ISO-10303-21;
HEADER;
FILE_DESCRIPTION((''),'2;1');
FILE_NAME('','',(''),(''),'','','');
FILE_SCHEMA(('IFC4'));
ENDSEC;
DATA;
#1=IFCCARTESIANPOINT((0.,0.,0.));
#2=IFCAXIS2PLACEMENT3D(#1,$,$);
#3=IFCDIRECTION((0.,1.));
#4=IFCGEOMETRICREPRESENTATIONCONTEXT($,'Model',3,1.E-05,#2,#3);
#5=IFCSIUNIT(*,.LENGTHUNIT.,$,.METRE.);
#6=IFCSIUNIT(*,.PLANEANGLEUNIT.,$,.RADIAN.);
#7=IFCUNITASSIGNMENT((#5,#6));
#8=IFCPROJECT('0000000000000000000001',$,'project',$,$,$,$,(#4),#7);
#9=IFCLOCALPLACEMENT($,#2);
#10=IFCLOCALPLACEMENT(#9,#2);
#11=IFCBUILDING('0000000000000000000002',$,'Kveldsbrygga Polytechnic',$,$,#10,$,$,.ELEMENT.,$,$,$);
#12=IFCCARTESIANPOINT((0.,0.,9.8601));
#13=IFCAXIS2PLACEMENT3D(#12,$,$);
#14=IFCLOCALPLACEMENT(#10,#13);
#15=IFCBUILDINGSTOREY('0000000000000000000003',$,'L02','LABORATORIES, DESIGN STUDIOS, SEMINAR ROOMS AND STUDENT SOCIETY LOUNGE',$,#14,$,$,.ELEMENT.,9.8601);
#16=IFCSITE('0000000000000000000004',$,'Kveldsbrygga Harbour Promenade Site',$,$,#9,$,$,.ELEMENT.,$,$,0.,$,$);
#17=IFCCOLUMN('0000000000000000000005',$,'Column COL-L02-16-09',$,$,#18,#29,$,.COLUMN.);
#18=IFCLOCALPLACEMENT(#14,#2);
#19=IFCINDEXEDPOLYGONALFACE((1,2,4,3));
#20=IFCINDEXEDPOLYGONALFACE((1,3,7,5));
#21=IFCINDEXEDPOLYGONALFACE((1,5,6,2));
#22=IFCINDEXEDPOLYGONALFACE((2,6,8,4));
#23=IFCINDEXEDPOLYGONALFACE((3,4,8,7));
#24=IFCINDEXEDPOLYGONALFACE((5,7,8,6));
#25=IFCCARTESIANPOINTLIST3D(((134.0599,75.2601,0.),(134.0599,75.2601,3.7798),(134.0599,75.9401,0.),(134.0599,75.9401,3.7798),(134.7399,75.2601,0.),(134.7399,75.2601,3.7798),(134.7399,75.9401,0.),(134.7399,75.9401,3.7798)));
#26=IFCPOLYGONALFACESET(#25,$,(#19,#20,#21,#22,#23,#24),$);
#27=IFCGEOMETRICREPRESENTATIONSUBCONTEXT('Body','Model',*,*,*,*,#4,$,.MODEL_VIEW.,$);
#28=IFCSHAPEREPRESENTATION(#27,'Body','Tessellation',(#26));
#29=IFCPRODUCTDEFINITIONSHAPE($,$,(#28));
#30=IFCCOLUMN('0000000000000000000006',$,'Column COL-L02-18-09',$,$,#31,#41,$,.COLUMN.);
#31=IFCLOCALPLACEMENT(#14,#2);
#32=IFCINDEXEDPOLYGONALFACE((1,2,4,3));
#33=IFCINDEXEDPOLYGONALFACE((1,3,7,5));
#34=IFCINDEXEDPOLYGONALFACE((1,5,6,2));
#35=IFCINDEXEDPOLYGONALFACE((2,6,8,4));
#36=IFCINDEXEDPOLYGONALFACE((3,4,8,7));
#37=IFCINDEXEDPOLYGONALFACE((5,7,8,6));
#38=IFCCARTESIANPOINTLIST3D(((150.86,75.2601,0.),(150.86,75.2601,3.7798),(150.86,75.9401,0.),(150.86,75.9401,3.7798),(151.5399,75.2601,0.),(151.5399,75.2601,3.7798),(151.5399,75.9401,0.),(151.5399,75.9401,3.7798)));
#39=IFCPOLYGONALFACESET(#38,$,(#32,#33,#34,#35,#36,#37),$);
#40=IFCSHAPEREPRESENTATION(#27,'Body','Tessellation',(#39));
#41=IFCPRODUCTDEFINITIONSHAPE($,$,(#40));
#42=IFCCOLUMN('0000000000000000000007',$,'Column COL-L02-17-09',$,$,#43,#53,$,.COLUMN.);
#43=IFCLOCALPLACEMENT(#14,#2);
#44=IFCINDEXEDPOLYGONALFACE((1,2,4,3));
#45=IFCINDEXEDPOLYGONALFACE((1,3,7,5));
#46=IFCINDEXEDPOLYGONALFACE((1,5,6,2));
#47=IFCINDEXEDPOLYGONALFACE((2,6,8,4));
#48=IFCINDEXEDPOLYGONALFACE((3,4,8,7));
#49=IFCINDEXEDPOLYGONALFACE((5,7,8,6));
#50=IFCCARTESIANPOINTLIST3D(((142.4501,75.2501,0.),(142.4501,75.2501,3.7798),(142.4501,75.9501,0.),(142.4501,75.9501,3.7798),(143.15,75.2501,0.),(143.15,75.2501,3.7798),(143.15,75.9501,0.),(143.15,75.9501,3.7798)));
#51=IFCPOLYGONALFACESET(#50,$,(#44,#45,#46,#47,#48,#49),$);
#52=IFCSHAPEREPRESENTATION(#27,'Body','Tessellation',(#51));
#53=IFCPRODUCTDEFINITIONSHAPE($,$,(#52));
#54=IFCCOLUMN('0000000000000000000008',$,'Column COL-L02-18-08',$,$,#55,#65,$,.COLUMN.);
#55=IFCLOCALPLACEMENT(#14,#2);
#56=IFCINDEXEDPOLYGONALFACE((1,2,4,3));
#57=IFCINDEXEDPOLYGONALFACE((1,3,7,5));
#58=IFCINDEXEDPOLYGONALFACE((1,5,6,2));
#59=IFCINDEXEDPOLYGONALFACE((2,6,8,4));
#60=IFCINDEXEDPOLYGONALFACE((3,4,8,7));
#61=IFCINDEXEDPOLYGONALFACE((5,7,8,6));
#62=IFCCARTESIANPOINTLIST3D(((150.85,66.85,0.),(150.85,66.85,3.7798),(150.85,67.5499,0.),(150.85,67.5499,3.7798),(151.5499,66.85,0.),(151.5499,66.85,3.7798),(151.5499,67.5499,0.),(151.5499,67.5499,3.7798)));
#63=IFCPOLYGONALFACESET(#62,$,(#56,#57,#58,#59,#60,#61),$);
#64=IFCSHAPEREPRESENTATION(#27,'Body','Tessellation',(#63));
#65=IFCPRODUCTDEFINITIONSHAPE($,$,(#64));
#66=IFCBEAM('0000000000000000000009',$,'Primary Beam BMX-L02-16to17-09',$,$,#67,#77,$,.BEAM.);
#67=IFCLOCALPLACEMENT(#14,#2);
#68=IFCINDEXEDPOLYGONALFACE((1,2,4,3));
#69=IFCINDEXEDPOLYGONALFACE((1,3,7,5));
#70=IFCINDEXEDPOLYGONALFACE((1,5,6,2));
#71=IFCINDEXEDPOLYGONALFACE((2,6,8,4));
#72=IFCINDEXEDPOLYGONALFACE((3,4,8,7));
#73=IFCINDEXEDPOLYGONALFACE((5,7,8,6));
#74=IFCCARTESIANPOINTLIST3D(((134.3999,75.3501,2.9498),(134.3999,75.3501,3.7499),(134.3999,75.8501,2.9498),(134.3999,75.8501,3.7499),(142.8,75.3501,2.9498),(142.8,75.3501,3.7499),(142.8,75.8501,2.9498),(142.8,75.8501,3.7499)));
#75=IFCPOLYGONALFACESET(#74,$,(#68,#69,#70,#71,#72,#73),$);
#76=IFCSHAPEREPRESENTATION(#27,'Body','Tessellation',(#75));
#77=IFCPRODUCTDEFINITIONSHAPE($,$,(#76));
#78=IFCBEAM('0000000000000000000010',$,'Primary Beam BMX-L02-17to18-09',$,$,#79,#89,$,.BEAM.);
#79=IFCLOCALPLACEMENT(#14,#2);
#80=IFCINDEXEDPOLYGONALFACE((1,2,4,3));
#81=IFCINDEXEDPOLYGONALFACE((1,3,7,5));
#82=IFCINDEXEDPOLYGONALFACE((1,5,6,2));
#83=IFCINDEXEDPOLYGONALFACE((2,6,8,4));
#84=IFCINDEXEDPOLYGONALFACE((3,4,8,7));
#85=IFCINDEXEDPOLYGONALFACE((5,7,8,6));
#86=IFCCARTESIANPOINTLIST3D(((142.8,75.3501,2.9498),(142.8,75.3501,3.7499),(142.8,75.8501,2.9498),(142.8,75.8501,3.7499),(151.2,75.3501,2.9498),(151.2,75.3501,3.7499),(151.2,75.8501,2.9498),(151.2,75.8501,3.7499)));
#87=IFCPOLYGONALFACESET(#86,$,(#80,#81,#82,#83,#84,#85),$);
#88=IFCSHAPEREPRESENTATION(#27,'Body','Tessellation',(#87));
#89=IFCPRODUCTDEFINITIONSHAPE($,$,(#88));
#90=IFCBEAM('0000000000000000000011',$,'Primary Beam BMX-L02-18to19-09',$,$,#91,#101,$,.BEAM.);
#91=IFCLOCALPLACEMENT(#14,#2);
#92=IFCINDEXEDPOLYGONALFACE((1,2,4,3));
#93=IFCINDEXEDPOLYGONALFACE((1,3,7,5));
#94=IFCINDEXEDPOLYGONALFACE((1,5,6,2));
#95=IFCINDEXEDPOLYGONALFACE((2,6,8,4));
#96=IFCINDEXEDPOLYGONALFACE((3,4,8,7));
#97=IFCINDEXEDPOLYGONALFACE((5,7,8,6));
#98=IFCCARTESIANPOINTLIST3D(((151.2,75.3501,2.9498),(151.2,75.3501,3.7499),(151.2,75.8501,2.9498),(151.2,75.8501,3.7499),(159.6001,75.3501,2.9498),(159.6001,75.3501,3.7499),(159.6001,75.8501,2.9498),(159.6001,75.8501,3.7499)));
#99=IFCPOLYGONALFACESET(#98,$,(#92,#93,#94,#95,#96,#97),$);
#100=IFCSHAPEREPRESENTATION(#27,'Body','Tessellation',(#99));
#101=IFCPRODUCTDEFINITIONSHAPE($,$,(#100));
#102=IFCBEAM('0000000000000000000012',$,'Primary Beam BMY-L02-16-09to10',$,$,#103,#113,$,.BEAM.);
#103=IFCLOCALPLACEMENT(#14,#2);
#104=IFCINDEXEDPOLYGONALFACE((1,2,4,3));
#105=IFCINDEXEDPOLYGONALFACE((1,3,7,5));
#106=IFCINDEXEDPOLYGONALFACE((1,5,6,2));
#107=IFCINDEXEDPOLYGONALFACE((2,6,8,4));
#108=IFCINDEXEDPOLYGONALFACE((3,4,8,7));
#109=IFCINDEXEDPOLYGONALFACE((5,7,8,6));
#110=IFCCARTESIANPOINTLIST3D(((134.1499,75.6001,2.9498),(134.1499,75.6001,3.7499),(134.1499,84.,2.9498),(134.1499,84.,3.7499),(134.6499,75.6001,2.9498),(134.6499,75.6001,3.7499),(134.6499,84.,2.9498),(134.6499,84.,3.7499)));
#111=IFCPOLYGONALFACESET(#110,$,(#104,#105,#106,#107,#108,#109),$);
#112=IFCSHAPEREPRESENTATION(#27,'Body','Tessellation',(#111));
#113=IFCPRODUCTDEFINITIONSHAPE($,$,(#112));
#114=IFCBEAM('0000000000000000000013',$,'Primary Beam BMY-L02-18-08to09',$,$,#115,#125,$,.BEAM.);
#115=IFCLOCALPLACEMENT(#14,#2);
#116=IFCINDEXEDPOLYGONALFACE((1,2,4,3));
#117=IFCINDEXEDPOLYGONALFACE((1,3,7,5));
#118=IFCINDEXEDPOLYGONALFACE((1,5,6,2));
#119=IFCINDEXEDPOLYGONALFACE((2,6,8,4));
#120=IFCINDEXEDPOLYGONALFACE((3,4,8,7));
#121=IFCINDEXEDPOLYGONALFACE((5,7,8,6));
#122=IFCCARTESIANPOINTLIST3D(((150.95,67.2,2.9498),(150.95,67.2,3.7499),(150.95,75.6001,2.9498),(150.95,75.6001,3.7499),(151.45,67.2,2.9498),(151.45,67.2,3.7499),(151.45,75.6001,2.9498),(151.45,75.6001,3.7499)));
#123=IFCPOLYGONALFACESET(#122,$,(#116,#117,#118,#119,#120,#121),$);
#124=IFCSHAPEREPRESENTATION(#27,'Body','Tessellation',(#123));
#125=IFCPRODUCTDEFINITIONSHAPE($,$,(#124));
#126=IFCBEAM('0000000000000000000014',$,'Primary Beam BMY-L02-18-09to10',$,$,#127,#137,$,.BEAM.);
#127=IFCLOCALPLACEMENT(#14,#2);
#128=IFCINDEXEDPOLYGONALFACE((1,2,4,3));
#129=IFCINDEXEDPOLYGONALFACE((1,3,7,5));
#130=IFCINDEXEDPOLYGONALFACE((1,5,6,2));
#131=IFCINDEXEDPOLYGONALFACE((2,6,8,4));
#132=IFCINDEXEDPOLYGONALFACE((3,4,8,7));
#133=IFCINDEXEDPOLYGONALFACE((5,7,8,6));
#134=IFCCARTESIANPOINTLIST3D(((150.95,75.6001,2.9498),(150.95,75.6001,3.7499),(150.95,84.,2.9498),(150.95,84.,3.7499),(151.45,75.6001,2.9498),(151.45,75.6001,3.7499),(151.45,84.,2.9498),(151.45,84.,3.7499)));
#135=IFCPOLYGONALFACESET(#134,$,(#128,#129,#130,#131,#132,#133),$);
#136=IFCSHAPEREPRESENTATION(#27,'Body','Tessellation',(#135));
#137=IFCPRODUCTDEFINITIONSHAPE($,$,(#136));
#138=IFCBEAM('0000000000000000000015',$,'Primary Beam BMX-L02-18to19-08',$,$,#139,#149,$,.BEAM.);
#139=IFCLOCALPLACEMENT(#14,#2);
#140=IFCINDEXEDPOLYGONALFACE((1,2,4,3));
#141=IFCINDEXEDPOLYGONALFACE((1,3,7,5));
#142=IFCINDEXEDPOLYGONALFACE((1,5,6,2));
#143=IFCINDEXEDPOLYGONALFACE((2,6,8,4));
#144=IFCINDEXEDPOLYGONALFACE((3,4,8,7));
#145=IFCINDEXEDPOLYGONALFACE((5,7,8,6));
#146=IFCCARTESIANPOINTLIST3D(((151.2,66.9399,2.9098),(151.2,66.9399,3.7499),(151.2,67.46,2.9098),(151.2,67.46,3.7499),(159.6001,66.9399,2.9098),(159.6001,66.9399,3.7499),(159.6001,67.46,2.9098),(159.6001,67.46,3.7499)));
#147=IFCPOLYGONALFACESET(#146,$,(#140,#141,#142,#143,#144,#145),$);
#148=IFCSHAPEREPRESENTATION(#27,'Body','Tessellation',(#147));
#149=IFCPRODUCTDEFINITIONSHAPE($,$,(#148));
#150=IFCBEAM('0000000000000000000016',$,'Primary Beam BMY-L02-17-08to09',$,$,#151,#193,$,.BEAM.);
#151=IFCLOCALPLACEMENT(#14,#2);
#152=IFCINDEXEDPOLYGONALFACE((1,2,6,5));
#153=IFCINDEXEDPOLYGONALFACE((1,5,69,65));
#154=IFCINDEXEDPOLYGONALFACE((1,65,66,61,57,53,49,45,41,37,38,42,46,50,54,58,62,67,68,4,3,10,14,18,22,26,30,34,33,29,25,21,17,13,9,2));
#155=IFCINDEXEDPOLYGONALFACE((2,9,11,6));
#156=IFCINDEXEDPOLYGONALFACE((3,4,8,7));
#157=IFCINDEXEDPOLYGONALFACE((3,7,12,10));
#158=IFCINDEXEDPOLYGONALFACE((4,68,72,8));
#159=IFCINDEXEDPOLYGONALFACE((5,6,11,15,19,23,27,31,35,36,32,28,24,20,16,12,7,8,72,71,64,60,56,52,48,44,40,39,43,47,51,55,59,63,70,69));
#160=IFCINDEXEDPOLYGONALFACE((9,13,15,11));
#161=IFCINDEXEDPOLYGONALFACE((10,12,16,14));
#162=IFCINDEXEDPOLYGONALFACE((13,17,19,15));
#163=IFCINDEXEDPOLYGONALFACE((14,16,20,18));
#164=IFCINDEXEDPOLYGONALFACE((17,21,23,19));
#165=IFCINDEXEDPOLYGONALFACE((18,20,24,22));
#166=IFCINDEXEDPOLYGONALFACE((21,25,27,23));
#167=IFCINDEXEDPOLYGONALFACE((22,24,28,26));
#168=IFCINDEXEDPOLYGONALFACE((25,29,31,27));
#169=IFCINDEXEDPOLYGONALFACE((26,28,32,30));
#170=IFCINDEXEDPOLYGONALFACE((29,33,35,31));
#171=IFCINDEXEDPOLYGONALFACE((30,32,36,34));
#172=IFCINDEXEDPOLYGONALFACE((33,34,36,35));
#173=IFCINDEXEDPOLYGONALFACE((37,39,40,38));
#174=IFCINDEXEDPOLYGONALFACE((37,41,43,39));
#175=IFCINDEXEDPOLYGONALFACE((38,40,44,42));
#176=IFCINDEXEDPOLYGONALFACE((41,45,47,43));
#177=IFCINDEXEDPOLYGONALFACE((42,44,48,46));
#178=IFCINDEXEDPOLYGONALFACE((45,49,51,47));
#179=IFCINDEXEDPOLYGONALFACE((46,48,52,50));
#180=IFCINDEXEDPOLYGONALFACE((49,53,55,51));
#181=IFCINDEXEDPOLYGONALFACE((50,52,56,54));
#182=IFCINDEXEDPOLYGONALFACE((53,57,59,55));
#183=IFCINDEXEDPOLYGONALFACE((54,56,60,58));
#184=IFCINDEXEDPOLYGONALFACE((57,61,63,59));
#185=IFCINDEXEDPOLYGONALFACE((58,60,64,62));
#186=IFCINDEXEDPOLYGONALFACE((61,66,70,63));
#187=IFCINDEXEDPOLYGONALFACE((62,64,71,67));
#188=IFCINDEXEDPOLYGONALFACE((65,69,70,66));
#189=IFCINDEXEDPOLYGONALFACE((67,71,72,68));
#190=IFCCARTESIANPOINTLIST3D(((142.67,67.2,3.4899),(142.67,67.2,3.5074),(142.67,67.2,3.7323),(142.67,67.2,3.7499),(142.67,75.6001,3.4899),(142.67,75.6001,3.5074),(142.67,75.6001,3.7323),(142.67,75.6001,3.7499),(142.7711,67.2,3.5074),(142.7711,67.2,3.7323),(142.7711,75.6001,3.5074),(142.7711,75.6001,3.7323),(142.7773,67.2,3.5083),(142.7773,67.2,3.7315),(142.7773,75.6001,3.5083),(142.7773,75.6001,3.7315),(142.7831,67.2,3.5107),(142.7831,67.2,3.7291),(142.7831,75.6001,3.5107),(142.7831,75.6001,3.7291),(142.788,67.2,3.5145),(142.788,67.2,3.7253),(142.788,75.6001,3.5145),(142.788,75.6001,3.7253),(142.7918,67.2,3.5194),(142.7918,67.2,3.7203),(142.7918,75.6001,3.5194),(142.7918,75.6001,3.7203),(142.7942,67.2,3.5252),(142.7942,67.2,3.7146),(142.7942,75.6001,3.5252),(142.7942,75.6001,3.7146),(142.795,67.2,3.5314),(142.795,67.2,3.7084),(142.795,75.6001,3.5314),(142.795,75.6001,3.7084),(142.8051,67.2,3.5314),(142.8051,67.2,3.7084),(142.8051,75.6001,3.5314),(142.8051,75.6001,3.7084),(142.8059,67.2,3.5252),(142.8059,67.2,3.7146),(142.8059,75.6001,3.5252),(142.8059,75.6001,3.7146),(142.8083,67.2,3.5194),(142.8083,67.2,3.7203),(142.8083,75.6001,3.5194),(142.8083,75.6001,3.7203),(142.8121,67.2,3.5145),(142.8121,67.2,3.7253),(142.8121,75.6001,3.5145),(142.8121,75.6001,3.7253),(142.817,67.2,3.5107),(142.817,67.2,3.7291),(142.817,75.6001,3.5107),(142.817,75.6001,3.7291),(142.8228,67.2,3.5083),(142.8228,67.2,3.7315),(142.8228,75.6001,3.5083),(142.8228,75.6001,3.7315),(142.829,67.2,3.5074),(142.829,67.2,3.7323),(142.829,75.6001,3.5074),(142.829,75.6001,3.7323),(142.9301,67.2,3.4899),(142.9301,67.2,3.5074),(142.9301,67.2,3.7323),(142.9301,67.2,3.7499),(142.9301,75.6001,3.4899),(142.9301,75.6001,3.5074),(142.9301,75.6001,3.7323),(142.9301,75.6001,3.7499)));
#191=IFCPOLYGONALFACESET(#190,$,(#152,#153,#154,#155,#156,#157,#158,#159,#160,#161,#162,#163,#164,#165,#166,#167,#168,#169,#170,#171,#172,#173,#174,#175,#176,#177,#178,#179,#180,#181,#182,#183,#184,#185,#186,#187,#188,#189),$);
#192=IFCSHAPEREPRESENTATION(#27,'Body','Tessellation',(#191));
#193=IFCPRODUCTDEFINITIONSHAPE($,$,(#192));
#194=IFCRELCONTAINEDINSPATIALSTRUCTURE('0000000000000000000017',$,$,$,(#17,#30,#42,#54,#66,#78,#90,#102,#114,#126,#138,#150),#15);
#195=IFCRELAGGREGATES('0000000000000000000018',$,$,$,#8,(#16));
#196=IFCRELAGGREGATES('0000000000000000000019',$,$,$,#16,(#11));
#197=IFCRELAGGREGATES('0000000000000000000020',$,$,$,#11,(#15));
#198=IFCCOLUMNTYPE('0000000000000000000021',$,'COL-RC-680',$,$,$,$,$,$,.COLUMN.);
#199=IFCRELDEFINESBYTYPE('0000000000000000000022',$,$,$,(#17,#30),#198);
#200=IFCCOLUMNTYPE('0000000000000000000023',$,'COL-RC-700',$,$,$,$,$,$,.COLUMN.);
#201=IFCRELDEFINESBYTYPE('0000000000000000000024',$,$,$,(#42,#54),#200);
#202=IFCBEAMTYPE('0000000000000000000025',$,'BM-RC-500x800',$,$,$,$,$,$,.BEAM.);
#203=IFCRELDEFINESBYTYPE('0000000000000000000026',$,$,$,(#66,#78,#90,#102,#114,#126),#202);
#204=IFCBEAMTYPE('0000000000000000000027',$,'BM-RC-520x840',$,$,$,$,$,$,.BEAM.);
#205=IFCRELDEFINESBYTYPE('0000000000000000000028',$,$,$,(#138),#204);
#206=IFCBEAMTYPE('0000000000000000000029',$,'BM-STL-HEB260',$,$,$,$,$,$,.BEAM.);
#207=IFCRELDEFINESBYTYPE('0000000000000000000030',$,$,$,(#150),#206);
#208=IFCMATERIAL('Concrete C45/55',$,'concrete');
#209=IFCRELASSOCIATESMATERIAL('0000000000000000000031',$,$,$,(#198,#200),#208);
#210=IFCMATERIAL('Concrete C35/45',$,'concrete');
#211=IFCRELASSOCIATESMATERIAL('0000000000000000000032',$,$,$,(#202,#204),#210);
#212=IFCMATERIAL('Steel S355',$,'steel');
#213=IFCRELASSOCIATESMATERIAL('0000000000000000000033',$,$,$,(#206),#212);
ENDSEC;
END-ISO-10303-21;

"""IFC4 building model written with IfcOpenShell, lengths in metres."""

from ifc_helpers import new_model, si_unit, direction, frame, origin, origin_2d, place, context, subcontext, project, spatial, rectangle, i_section, extrude, material, material_profile, profile_set, type_object, element, save


model = new_model("IFC4")

# Units and contexts
model_context = context("Model", 3, precision=1e-05, world=origin(), true_north=direction((0.0, 1.0)))
body_context = subcontext(model_context, "Body", "Model", "MODEL_VIEW")
ifc_project = project(units=[si_unit("LENGTHUNIT", "METRE"), si_unit("PLANEANGLEUNIT", "RADIAN")], contexts=[model_context])

# Site, building, storey
site_placement = place(None, origin())
site = spatial("IfcSite", under=ifc_project, at=site_placement, Name="Kveldsbrygga Harbour Promenade Site", CompositionType="ELEMENT", RefElevation=0.0)
building_placement = place(site_placement, origin())
building = spatial("IfcBuilding", under=site, at=building_placement, Name="Kveldsbrygga Polytechnic", CompositionType="ELEMENT")
storey_placement = place(building_placement, frame((0.0, 0.0, 9.8601)))
storey = spatial("IfcBuildingStorey", under=building, at=storey_placement, Name="L02", Description="LABORATORIES, DESIGN STUDIOS, SEMINAR ROOMS AND STUDENT SOCIETY LOUNGE", CompositionType="ELEMENT", Elevation=9.8601)

# Columns
ifc_material_1 = material(Name="Concrete C45/55", Category="concrete")
ifc_material_profile_1 = material_profile(ifc_material_1, rectangle(XDim=0.6799, YDim=0.6799, at=origin_2d()), Name="RC 680x680")
ifc_profile_set_1 = profile_set([ifc_material_profile_1], Name="Concrete C45/55")
column_type_1 = type_object("IfcColumnType", Name="COL-RC-680", PredefinedType="COLUMN", material=ifc_profile_set_1)
for number, where, z_axis, x_axis, name in (
    (1, (134.3999, 75.6001, 0.0), (0.0, 0.0, 1.0), (1.0, 0.0, 0.0), "Column COL-L02-16-09"),
    (2, (151.2, 75.6001, 0.0), (0.0, 0.0, 1.0), (1.0, 0.0, 0.0), "Column COL-L02-18-09"),
):
    element("IfcColumn", number, at=place(storey_placement, frame(where, z_axis=z_axis, x_axis=x_axis)), inside=storey, type_object=column_type_1, Name=name, PredefinedType="COLUMN", context=body_context, shape_type="SweptSolid", body=[
        extrude(rectangle(XDim=0.6799, YDim=0.6799, at=origin_2d()), origin(), (0.0, 0.0, 1.0), 3.7798),
    ])
ifc_material_profile_2 = material_profile(ifc_material_1, rectangle(XDim=0.7, YDim=0.7, at=origin_2d()), Name="RC 700x700")
ifc_profile_set_2 = profile_set([ifc_material_profile_2], Name="Concrete C45/55")
column_type_2 = type_object("IfcColumnType", Name="COL-RC-700", PredefinedType="COLUMN", material=ifc_profile_set_2)
for number, where, z_axis, x_axis, name in (
    (3, (142.8, 75.6001, 0.0), (0.0, 0.0, 1.0), (1.0, 0.0, 0.0), "Column COL-L02-17-09"),
    (4, (151.2, 67.2, 0.0), (0.0, 0.0, 1.0), (1.0, 0.0, 0.0), "Column COL-L02-18-08"),
):
    element("IfcColumn", number, at=place(storey_placement, frame(where, z_axis=z_axis, x_axis=x_axis)), inside=storey, type_object=column_type_2, Name=name, PredefinedType="COLUMN", context=body_context, shape_type="SweptSolid", body=[
        extrude(rectangle(XDim=0.7, YDim=0.7, at=origin_2d()), origin(), (0.0, 0.0, 1.0), 3.7798),
    ])

# Beams
ifc_material_2 = material(Name="Concrete C35/45", Category="concrete")
ifc_material_profile_3 = material_profile(ifc_material_2, rectangle(XDim=0.5, YDim=0.8, at=origin_2d()), Name="RC 500x800")
ifc_profile_set_3 = profile_set([ifc_material_profile_3], Name="Concrete C35/45")
beam_type_1 = type_object("IfcBeamType", Name="BM-RC-500x800", PredefinedType="BEAM", material=ifc_profile_set_3)
beam_1_placement = place(storey_placement, frame((134.3999, 75.6001, 3.3499), z_axis=(1.0, 0.0, 0.0), x_axis=(0.0, 1.0, 0.0)))
element("IfcBeam", 5, at=beam_1_placement, inside=storey, type_object=beam_type_1, Name="Primary Beam BMX-L02-16to17-09", PredefinedType="BEAM", context=body_context, shape_type="SweptSolid", body=[
    extrude(rectangle(XDim=0.5, YDim=0.8, at=origin_2d()), origin(), (0.0, 0.0, 1.0), 8.4001),
])
beam_2_placement = place(storey_placement, frame((142.8, 75.6001, 3.3499), z_axis=(1.0, 0.0, 0.0), x_axis=(0.0, 1.0, 0.0)))
element("IfcBeam", 6, at=beam_2_placement, inside=storey, type_object=beam_type_1, Name="Primary Beam BMX-L02-17to18-09", PredefinedType="BEAM", context=body_context, shape_type="SweptSolid", body=[
    extrude(rectangle(XDim=0.5, YDim=0.8, at=origin_2d()), origin(), (0.0, 0.0, 1.0), 8.3999),
])
beam_3_placement = place(storey_placement, frame((151.2, 75.6001, 3.3499), z_axis=(1.0, 0.0, 0.0), x_axis=(0.0, 1.0, 0.0)))
element("IfcBeam", 7, at=beam_3_placement, inside=storey, type_object=beam_type_1, Name="Primary Beam BMX-L02-18to19-09", PredefinedType="BEAM", context=body_context, shape_type="SweptSolid", body=[
    extrude(rectangle(XDim=0.5, YDim=0.8, at=origin_2d()), origin(), (0.0, 0.0, 1.0), 8.4001),
])
beam_4_placement = place(storey_placement, frame((134.3999, 75.6001, 3.3499), z_axis=(0.0, 1.0, 0.0), x_axis=(-1.0, 0.0, 0.0)))
element("IfcBeam", 8, at=beam_4_placement, inside=storey, type_object=beam_type_1, Name="Primary Beam BMY-L02-16-09to10", PredefinedType="BEAM", context=body_context, shape_type="SweptSolid", body=[
    extrude(rectangle(XDim=0.5, YDim=0.8, at=origin_2d()), origin(), (0.0, 0.0, 1.0), 8.3999),
])
beam_5_placement = place(storey_placement, frame((151.2, 67.2, 3.3499), z_axis=(0.0, 1.0, 0.0), x_axis=(-1.0, 0.0, 0.0)))
element("IfcBeam", 9, at=beam_5_placement, inside=storey, type_object=beam_type_1, Name="Primary Beam BMY-L02-18-08to09", PredefinedType="BEAM", context=body_context, shape_type="SweptSolid", body=[
    extrude(rectangle(XDim=0.5, YDim=0.8, at=origin_2d()), origin(), (0.0, 0.0, 1.0), 8.4001),
])
beam_6_placement = place(storey_placement, frame((151.2, 75.6001, 3.3499), z_axis=(0.0, 1.0, 0.0), x_axis=(-1.0, 0.0, 0.0)))
element("IfcBeam", 10, at=beam_6_placement, inside=storey, type_object=beam_type_1, Name="Primary Beam BMY-L02-18-09to10", PredefinedType="BEAM", context=body_context, shape_type="SweptSolid", body=[
    extrude(rectangle(XDim=0.5, YDim=0.8, at=origin_2d()), origin(), (0.0, 0.0, 1.0), 8.3999),
])
ifc_material_profile_4 = material_profile(ifc_material_2, rectangle(XDim=0.52, YDim=0.8401, at=origin_2d()), Name="RC 520x840")
ifc_profile_set_4 = profile_set([ifc_material_profile_4], Name="Concrete C35/45")
beam_type_2 = type_object("IfcBeamType", Name="BM-RC-520x840", PredefinedType="BEAM", material=ifc_profile_set_4)
beam_7_placement = place(storey_placement, frame((151.2, 67.2, 3.3298), z_axis=(1.0, 0.0, 0.0), x_axis=(0.0, 1.0, 0.0)))
element("IfcBeam", 11, at=beam_7_placement, inside=storey, type_object=beam_type_2, Name="Primary Beam BMX-L02-18to19-08", PredefinedType="BEAM", context=body_context, shape_type="SweptSolid", body=[
    extrude(rectangle(XDim=0.52, YDim=0.8401, at=origin_2d()), origin(), (0.0, 0.0, 1.0), 8.4001),
])
ifc_material_3 = material(Name="Steel S355", Category="steel")
ifc_material_profile_5 = material_profile(ifc_material_3, i_section(OverallWidth=0.26, OverallDepth=0.26, WebThickness=0.01, FlangeThickness=0.0176, FilletRadius=0.0239, at=origin_2d()), Name="HEB 260")
ifc_profile_set_5 = profile_set([ifc_material_profile_5], Name="Steel S355")
beam_type_3 = type_object("IfcBeamType", Name="BM-STL-HEB260", PredefinedType="BEAM", material=ifc_profile_set_5)
beam_8_placement = place(storey_placement, frame((142.8, 67.2, 3.6199), z_axis=(0.0, 1.0, 0.0), x_axis=(-1.0, 0.0, 0.0)))
element("IfcBeam", 12, at=beam_8_placement, inside=storey, type_object=beam_type_3, Name="Primary Beam BMY-L02-17-08to09", PredefinedType="BEAM", context=body_context, shape_type="SweptSolid", body=[
    extrude(i_section(OverallWidth=0.26, OverallDepth=0.26, WebThickness=0.01, FlangeThickness=0.0176, FilletRadius=0.0239, at=origin_2d()), origin(), (0.0, 0.0, 1.0), 8.4001),
])

save(model, "model.ifc")
